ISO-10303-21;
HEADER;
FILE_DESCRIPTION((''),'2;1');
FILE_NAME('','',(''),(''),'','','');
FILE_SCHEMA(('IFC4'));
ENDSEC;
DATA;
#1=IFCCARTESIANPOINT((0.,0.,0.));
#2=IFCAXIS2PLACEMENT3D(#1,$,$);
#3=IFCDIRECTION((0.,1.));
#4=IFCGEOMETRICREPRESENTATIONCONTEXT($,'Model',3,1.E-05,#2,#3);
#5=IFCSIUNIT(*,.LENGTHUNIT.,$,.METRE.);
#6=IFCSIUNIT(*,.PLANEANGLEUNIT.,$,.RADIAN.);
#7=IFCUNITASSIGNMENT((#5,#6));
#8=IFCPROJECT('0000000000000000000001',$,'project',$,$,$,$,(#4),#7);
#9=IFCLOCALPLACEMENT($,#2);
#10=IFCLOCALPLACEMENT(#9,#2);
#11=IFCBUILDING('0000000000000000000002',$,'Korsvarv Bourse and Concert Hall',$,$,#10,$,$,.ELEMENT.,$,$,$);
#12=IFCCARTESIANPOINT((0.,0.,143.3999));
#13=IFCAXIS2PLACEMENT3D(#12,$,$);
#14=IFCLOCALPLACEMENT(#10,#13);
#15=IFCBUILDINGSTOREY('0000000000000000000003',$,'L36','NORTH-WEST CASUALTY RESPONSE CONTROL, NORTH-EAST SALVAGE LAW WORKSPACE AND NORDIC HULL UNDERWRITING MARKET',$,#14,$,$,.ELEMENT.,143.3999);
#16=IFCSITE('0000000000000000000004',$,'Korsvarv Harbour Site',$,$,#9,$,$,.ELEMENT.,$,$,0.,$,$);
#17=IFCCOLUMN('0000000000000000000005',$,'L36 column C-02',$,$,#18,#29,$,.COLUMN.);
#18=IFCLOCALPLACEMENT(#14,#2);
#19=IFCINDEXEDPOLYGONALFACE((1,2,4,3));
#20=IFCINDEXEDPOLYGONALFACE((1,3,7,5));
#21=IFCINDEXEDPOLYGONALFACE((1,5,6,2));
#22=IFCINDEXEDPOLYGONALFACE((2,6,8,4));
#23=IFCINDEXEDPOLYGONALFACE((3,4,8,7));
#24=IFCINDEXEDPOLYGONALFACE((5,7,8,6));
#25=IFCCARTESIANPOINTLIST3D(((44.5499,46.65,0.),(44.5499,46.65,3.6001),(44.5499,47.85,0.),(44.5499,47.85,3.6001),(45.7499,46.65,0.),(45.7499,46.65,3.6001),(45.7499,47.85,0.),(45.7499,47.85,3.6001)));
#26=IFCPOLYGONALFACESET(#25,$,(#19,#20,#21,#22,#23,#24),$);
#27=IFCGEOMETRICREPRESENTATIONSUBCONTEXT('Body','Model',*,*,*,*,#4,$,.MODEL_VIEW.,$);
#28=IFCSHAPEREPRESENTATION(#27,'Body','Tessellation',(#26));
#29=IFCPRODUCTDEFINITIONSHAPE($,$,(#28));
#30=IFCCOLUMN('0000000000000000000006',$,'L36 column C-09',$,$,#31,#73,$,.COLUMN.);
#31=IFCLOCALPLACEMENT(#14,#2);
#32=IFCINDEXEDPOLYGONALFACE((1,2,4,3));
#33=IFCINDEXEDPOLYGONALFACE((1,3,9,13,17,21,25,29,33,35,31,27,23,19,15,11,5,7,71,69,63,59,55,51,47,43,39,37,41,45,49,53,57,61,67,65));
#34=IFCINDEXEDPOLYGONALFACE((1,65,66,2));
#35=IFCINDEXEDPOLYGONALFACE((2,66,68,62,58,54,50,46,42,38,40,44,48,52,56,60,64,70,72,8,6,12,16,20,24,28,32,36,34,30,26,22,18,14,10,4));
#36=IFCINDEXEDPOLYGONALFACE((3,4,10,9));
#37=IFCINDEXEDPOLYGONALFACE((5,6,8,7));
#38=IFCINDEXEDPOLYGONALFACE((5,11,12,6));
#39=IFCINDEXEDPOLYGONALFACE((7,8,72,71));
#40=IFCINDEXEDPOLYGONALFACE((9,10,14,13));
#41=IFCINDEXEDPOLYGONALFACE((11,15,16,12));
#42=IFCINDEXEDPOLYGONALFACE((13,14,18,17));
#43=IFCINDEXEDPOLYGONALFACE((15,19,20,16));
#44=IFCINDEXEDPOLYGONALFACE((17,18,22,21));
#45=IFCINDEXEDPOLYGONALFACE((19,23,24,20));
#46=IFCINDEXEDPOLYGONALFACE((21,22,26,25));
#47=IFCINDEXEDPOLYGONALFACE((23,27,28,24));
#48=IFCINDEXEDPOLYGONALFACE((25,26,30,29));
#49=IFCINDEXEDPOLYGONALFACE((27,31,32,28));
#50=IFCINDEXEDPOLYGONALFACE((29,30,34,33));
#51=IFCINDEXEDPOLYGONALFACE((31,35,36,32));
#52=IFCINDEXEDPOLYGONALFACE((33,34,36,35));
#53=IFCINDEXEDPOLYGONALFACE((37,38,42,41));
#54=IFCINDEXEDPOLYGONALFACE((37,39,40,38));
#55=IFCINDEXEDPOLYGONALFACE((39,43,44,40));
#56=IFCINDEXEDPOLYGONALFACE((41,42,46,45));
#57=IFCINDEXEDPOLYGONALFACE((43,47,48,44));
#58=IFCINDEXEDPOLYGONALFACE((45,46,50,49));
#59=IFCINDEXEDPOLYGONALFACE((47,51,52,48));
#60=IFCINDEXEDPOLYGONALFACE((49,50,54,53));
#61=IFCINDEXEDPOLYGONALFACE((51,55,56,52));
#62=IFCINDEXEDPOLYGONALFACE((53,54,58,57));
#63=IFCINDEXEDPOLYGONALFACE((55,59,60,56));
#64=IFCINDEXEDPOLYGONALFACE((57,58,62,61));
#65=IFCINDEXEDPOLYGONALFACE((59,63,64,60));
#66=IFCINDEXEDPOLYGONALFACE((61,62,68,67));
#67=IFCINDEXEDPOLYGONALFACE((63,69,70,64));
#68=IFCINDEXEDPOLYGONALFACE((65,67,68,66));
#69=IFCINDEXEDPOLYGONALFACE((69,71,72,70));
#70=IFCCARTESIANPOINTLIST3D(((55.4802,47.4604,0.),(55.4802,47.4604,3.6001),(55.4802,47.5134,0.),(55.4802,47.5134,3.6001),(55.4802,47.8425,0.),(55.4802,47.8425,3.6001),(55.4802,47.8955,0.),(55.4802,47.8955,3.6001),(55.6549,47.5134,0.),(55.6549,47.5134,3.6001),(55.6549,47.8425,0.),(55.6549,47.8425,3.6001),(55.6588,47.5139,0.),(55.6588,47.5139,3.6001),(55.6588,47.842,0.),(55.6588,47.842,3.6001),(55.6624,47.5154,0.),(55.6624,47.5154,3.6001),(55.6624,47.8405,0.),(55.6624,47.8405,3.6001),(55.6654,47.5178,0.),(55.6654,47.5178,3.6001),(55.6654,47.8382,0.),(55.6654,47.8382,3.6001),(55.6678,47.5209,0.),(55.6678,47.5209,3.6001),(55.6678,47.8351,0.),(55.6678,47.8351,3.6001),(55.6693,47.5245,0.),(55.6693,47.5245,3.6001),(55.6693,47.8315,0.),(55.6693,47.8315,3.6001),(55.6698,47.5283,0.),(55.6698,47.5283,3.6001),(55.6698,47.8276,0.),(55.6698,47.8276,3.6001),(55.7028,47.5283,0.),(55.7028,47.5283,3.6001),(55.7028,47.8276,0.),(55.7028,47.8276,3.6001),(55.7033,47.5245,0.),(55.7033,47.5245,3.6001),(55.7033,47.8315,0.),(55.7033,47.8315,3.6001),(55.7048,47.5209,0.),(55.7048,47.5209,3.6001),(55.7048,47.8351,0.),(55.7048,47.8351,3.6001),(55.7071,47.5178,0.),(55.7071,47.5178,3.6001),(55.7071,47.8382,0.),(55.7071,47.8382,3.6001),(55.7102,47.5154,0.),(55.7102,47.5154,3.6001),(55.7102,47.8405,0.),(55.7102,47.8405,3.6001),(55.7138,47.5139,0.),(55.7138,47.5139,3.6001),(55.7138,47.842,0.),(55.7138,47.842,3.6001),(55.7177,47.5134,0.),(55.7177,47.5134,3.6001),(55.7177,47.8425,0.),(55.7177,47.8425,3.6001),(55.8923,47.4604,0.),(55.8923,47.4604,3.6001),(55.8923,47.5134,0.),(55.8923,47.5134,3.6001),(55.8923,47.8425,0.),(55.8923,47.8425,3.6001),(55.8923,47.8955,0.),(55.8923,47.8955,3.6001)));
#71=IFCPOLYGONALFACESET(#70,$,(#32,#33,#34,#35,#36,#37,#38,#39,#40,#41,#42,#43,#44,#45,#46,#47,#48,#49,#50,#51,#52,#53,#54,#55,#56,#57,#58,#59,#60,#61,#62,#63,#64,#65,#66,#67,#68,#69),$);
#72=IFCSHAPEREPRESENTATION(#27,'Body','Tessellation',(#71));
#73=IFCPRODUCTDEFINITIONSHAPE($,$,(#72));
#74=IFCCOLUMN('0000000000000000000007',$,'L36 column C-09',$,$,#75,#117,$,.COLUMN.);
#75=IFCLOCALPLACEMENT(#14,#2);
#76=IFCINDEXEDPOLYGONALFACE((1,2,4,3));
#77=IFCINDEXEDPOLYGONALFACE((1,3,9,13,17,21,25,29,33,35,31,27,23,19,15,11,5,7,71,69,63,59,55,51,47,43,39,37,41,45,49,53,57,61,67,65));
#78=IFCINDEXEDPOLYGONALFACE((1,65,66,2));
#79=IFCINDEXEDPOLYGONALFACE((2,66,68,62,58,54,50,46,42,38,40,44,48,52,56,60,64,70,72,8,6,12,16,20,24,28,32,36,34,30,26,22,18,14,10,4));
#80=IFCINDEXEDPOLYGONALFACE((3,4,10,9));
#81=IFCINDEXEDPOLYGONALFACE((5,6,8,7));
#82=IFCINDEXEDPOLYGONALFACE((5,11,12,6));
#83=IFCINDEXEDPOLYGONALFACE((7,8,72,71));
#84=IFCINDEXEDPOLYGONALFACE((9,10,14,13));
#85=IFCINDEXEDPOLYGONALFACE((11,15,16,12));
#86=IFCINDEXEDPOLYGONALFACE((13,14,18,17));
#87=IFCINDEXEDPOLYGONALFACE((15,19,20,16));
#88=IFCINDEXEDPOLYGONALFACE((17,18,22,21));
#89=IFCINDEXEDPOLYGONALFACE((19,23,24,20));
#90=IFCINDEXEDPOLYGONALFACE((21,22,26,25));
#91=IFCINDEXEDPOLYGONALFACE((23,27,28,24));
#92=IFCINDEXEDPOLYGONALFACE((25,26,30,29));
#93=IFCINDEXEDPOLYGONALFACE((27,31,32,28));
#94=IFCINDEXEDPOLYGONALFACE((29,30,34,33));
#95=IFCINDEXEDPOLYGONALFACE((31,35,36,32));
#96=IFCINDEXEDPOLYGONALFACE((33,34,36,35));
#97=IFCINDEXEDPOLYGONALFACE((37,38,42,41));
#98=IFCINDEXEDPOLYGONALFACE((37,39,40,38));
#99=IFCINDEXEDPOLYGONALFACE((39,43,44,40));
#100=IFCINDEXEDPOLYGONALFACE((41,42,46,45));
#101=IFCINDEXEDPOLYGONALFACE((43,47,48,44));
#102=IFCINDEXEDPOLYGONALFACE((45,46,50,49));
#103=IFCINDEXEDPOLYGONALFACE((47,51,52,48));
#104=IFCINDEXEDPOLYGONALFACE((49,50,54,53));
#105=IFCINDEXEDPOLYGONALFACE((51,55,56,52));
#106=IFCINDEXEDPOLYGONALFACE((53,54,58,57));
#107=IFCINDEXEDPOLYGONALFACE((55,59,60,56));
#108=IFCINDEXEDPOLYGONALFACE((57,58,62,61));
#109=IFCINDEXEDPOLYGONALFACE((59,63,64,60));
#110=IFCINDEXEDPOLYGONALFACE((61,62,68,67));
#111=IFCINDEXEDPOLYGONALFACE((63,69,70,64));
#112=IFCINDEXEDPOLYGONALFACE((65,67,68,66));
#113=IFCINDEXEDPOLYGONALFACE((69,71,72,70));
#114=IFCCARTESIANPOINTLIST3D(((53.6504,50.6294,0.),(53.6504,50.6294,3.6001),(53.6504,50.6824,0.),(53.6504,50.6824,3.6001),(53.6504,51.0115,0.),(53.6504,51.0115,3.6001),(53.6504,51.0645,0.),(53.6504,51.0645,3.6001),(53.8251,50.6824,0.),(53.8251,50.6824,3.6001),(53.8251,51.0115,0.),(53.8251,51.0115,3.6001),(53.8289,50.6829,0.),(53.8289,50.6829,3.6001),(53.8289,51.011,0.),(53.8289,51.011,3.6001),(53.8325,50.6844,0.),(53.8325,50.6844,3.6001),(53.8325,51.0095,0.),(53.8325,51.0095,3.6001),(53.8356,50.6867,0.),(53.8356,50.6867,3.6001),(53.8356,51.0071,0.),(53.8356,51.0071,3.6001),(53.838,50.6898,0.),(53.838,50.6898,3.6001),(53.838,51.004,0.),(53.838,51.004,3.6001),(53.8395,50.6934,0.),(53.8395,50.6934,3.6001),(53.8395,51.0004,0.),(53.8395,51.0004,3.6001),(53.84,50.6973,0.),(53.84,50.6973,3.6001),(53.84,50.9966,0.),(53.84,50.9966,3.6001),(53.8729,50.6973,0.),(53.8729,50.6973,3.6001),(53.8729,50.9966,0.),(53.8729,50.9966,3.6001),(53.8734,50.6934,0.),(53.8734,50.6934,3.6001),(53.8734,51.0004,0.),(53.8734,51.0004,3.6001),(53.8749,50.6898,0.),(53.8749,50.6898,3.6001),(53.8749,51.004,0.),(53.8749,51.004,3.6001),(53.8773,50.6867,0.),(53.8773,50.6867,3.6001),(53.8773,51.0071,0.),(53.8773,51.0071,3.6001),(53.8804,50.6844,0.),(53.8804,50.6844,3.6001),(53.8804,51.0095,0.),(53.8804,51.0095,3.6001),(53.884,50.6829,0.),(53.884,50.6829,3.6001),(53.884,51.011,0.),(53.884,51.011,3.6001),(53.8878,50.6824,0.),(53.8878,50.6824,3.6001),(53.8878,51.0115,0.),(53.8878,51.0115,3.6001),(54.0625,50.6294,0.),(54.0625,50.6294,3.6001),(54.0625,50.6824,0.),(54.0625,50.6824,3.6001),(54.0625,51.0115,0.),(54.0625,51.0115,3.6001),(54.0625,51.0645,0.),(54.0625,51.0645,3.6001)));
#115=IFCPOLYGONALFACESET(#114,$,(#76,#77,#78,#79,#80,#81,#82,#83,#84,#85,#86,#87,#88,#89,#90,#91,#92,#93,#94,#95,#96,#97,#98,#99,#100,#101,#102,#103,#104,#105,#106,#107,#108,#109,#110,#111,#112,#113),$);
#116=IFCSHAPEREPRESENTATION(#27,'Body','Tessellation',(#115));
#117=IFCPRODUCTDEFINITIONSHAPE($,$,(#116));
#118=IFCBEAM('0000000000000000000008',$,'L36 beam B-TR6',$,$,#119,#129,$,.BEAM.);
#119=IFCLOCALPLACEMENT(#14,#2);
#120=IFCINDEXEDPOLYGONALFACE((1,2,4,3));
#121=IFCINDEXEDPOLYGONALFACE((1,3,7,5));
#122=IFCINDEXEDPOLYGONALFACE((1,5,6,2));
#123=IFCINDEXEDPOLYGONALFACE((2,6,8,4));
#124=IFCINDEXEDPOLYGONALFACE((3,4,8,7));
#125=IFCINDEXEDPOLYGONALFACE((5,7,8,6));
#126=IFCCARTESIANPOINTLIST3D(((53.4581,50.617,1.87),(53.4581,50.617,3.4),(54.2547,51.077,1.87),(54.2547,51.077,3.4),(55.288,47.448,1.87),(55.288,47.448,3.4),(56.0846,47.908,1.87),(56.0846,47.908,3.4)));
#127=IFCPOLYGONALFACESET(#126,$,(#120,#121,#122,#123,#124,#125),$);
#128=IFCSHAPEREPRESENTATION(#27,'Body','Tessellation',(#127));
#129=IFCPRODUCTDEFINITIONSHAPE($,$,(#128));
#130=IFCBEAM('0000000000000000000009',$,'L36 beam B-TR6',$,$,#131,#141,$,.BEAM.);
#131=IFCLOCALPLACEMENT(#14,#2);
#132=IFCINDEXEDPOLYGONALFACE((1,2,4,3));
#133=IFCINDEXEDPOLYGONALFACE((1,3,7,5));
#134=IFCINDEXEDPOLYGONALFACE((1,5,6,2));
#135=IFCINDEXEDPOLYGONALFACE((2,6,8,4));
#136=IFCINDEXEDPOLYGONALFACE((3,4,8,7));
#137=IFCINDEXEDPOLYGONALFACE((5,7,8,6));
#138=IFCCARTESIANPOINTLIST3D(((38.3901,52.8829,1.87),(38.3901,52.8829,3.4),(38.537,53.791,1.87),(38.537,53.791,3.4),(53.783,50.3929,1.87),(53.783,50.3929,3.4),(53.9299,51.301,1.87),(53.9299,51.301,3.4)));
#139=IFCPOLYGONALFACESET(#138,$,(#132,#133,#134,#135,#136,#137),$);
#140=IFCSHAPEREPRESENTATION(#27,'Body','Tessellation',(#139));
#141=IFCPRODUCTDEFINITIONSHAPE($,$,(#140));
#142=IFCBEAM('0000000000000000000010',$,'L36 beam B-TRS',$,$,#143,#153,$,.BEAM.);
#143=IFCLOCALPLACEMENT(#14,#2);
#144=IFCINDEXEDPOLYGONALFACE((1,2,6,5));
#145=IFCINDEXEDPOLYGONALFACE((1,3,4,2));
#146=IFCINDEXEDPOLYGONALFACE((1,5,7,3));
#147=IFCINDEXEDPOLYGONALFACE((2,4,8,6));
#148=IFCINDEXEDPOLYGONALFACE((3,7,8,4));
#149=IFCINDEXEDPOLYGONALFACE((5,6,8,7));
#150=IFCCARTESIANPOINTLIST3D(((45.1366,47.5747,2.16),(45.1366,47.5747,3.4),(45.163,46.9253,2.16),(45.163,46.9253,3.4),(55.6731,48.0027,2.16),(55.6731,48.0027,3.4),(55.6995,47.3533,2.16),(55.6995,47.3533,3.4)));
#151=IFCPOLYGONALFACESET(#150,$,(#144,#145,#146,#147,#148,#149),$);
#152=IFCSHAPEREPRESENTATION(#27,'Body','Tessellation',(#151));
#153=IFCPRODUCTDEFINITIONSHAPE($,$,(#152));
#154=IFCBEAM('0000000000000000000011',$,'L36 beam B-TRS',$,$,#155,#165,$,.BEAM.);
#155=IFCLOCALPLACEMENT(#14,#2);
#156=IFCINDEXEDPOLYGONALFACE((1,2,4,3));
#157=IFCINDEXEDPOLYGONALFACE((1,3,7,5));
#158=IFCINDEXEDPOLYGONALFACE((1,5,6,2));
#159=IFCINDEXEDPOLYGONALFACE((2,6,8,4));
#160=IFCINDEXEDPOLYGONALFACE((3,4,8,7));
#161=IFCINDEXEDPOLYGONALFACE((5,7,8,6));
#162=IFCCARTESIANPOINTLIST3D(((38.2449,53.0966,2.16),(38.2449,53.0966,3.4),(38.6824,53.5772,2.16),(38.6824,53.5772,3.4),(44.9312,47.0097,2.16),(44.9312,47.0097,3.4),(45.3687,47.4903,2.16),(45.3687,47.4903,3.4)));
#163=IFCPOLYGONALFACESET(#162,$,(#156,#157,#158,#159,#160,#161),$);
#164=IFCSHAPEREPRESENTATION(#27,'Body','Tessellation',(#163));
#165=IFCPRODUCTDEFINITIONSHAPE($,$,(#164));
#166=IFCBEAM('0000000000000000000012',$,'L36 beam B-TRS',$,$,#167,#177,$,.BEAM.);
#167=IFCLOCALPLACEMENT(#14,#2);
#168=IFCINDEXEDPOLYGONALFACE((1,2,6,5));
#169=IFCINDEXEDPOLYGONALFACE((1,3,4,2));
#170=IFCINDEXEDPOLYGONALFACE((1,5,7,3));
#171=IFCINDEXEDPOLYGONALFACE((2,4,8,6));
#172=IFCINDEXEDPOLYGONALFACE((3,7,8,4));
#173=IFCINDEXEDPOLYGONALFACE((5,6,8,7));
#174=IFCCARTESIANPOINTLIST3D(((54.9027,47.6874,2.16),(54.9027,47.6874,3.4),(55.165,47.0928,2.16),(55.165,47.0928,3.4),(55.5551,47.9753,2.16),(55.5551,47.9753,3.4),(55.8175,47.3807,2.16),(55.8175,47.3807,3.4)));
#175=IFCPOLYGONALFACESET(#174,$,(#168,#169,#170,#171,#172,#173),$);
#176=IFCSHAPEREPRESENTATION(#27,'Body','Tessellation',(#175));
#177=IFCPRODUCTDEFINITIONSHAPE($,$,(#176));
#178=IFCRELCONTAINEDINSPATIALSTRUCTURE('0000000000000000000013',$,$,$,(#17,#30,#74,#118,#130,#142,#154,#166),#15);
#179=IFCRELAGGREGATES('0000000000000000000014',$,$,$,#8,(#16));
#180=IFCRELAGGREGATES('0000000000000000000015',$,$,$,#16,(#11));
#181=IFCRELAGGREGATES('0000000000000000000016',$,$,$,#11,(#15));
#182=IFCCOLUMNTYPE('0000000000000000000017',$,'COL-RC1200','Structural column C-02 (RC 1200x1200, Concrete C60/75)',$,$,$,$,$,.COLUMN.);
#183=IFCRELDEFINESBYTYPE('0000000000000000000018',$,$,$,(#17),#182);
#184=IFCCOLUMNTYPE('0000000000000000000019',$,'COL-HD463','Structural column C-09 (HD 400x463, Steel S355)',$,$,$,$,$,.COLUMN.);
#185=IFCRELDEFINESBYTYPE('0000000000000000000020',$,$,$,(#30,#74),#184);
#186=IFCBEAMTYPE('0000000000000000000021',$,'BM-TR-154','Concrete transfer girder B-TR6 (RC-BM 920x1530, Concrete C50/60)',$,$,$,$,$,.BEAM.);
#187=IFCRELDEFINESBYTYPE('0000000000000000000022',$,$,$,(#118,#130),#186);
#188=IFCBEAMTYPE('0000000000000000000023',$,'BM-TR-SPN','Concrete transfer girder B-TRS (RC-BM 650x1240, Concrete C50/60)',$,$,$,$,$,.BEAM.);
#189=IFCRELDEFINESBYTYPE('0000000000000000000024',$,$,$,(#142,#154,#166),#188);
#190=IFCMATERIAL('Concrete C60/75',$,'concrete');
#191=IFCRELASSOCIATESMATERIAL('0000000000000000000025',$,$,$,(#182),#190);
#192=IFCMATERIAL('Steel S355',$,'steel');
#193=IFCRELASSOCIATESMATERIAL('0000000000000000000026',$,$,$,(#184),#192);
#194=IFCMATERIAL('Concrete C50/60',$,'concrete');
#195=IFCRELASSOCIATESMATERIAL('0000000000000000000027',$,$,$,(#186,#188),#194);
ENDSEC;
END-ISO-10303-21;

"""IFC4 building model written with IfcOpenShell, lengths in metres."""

from ifc_helpers import new_model, si_unit, direction, frame, origin, origin_2d, place, context, subcontext, project, spatial, rectangle, i_section, extrude, source, transform, mapped, material, material_profile, profile_set, type_object, element, save


model = new_model("IFC4")

# Units and contexts
model_context = context("Model", 3, precision=1e-05, world=origin(), true_north=direction((0.0, 1.0)))
body_context = subcontext(model_context, "Body", "Model", "MODEL_VIEW")
ifc_project = project(units=[si_unit("LENGTHUNIT", "METRE"), si_unit("PLANEANGLEUNIT", "RADIAN")], contexts=[model_context])

# Site, building, storey
site_placement = place(None, origin())
site = spatial("IfcSite", under=ifc_project, at=site_placement, Name="Korsvarv Harbour Site", CompositionType="ELEMENT", RefElevation=0.0)
building_placement = place(site_placement, origin())
building = spatial("IfcBuilding", under=site, at=building_placement, Name="Korsvarv Bourse and Concert Hall", CompositionType="ELEMENT")
storey_placement = place(building_placement, frame((0.0, 0.0, 143.3999)))
storey = spatial("IfcBuildingStorey", under=building, at=storey_placement, Name="L36", Description="NORTH-WEST CASUALTY RESPONSE CONTROL, NORTH-EAST SALVAGE LAW WORKSPACE AND NORDIC HULL UNDERWRITING MARKET", CompositionType="ELEMENT", Elevation=143.3999)

# Columns
ifc_material_1 = material(Name="Concrete C60/75", Category="concrete")
ifc_material_profile_1 = material_profile(ifc_material_1, rectangle(XDim=1.2, YDim=1.2, at=origin_2d()), Name="RC 1200x1200")
ifc_profile_set_1 = profile_set([ifc_material_profile_1], Name="Concrete C60/75")
column_type_1 = type_object("IfcColumnType", Name="COL-RC1200", Description="Structural column C-02 (RC 1200x1200, Concrete C60/75)", PredefinedType="COLUMN", material=ifc_profile_set_1)
shared_shape_1 = source(origin(), body_context, "Body", "SweptSolid", [
    extrude(rectangle(XDim=1.2, YDim=1.2, at=origin_2d()), origin(), (0.0, 0.0, 1.0), 3.6001),
])
column_placement = place(storey_placement, frame((45.1499, 47.25, 0.0), z_axis=(0.0, 0.0, 1.0), x_axis=(1.0, 0.0, 0.0)))
element("IfcColumn", 1, at=column_placement, inside=storey, type_object=column_type_1, Name="L36 column C-02", PredefinedType="COLUMN", context=body_context, shape_type="MappedRepresentation", body=[
    mapped(shared_shape_1, transform((0.0, 0.0, 0.0), scale=1.0)),
])
ifc_material_2 = material(Name="Steel S355", Category="steel")
ifc_material_profile_2 = material_profile(ifc_material_2, i_section(OverallWidth=0.4121, OverallDepth=0.4351, WebThickness=0.033, FlangeThickness=0.053, FilletRadius=0.0149, at=origin_2d()), Name="HD 400x463")
ifc_profile_set_2 = profile_set([ifc_material_profile_2], Name="Steel S355")
column_type_2 = type_object("IfcColumnType", Name="COL-HD463", Description="Structural column C-09 (HD 400x463, Steel S355)", PredefinedType="COLUMN", material=ifc_profile_set_2)
shared_shape_2 = source(origin(), body_context, "Body", "SweptSolid", [
    extrude(i_section(OverallWidth=0.4121, OverallDepth=0.4351, WebThickness=0.033, FlangeThickness=0.053, FilletRadius=0.0149, at=origin_2d()), origin(), (0.0, 0.0, 1.0), 3.6001),
])
for number, where, z_axis, x_axis, name in (
    (2, (55.6863, 47.678, 0.0), (0.0, 0.0, 1.0), (1.0, 0.0, 0.0), "L36 column C-09"),
    (3, (53.8564, 50.8469, 0.0), (0.0, 0.0, 1.0), (1.0, 0.0, 0.0), "L36 column C-09"),
):
    element("IfcColumn", number, at=place(storey_placement, frame(where, z_axis=z_axis, x_axis=x_axis)), inside=storey, type_object=column_type_2, Name=name, PredefinedType="COLUMN", context=body_context, shape_type="MappedRepresentation", body=[
        mapped(shared_shape_2, transform((0.0, 0.0, 0.0), scale=1.0)),
    ])

# Beams
ifc_material_3 = material(Name="Concrete C50/60", Category="concrete")
ifc_material_profile_3 = material_profile(ifc_material_3, rectangle(XDim=0.9199, YDim=1.53, at=origin_2d()), Name="RC-BM 920x1530")
ifc_profile_set_3 = profile_set([ifc_material_profile_3], Name="Concrete C50/60")
beam_type_1 = type_object("IfcBeamType", Name="BM-TR-154", Description="Concrete transfer girder B-TR6 (RC-BM 920x1530, Concrete C50/60)", PredefinedType="BEAM", material=ifc_profile_set_3)
shared_shape_3 = source(origin(), body_context, "Body", "SweptSolid", [
    extrude(rectangle(XDim=0.9199, YDim=1.53, at=origin_2d()), origin(), (0.0, 0.0, 1.0), 3.6594),
])
beam_1_placement = place(storey_placement, frame((55.6863, 47.678, 2.635), z_axis=(-0.50005, 0.865997, 0.0), x_axis=(-0.865997, -0.50005, 0.0)))
element("IfcBeam", 4, at=beam_1_placement, inside=storey, type_object=beam_type_1, Name="L36 beam B-TR6", PredefinedType="BEAM", context=body_context, shape_type="MappedRepresentation", body=[
    mapped(shared_shape_3, transform((0.0, 0.0, 0.0), scale=1.0)),
])
shared_shape_4 = source(origin(), body_context, "Body", "SweptSolid", [
    extrude(rectangle(XDim=0.9199, YDim=1.53, at=origin_2d()), origin(), (0.0, 0.0, 1.0), 15.593),
])
beam_2_placement = place(storey_placement, frame((53.8564, 50.8469, 2.635), z_axis=(-0.987168, 0.159687, 0.0), x_axis=(-0.159687, -0.987168, 0.0)))
element("IfcBeam", 5, at=beam_2_placement, inside=storey, type_object=beam_type_1, Name="L36 beam B-TR6", PredefinedType="BEAM", context=body_context, shape_type="MappedRepresentation", body=[
    mapped(shared_shape_4, transform((0.0, 0.0, 0.0), scale=1.0)),
])
ifc_material_profile_4 = material_profile(ifc_material_3, rectangle(XDim=0.6499, YDim=1.24, at=origin_2d()), Name="RC-BM 650x1240")
ifc_profile_set_4 = profile_set([ifc_material_profile_4], Name="Concrete C50/60")
beam_type_2 = type_object("IfcBeamType", Name="BM-TR-SPN", Description="Concrete transfer girder B-TRS (RC-BM 650x1240, Concrete C50/60)", PredefinedType="BEAM", material=ifc_profile_set_4)
shared_shape_5 = source(origin(), body_context, "Body", "SweptSolid", [
    extrude(rectangle(XDim=0.6499, YDim=1.24, at=origin_2d()), origin(), (0.0, 0.0, 1.0), 10.5452),
])
beam_3_placement = place(storey_placement, frame((55.6863, 47.678, 2.78), z_axis=(-0.999176, -0.040586, 0.0), x_axis=(0.040586, -0.999176, 0.0)))
element("IfcBeam", 6, at=beam_3_placement, inside=storey, type_object=beam_type_2, Name="L36 beam B-TRS", PredefinedType="BEAM", context=body_context, shape_type="MappedRepresentation", body=[
    mapped(shared_shape_5, transform((0.0, 0.0, 0.0), scale=1.0)),
])
shared_shape_6 = source(origin(), body_context, "Body", "SweptSolid", [
    extrude(rectangle(XDim=0.6499, YDim=1.24, at=origin_2d()), origin(), (0.0, 0.0, 1.0), 9.042),
])
beam_4_placement = place(storey_placement, frame((38.4636, 53.3369, 2.78), z_axis=(0.739473, -0.673186, 0.0), x_axis=(0.673186, 0.739473, 0.0)))
element("IfcBeam", 7, at=beam_4_placement, inside=storey, type_object=beam_type_2, Name="L36 beam B-TRS", PredefinedType="BEAM", context=body_context, shape_type="MappedRepresentation", body=[
    mapped(shared_shape_6, transform((0.0, 0.0, 0.0), scale=1.0)),
])
shared_shape_7 = source(origin(), body_context, "Body", "SweptSolid", [
    extrude(rectangle(XDim=0.6499, YDim=1.24, at=origin_2d()), origin(), (0.0, 0.0, 1.0), 0.7131),
])
beam_5_placement = place(storey_placement, frame((55.6863, 47.678, 2.78), z_axis=(-0.914895, -0.403691, 0.0), x_axis=(0.403691, -0.914895, 0.0)))
element("IfcBeam", 8, at=beam_5_placement, inside=storey, type_object=beam_type_2, Name="L36 beam B-TRS", PredefinedType="BEAM", context=body_context, shape_type="MappedRepresentation", body=[
    mapped(shared_shape_7, transform((0.0, 0.0, 0.0), scale=1.0)),
])

save(model, "model.ifc")
